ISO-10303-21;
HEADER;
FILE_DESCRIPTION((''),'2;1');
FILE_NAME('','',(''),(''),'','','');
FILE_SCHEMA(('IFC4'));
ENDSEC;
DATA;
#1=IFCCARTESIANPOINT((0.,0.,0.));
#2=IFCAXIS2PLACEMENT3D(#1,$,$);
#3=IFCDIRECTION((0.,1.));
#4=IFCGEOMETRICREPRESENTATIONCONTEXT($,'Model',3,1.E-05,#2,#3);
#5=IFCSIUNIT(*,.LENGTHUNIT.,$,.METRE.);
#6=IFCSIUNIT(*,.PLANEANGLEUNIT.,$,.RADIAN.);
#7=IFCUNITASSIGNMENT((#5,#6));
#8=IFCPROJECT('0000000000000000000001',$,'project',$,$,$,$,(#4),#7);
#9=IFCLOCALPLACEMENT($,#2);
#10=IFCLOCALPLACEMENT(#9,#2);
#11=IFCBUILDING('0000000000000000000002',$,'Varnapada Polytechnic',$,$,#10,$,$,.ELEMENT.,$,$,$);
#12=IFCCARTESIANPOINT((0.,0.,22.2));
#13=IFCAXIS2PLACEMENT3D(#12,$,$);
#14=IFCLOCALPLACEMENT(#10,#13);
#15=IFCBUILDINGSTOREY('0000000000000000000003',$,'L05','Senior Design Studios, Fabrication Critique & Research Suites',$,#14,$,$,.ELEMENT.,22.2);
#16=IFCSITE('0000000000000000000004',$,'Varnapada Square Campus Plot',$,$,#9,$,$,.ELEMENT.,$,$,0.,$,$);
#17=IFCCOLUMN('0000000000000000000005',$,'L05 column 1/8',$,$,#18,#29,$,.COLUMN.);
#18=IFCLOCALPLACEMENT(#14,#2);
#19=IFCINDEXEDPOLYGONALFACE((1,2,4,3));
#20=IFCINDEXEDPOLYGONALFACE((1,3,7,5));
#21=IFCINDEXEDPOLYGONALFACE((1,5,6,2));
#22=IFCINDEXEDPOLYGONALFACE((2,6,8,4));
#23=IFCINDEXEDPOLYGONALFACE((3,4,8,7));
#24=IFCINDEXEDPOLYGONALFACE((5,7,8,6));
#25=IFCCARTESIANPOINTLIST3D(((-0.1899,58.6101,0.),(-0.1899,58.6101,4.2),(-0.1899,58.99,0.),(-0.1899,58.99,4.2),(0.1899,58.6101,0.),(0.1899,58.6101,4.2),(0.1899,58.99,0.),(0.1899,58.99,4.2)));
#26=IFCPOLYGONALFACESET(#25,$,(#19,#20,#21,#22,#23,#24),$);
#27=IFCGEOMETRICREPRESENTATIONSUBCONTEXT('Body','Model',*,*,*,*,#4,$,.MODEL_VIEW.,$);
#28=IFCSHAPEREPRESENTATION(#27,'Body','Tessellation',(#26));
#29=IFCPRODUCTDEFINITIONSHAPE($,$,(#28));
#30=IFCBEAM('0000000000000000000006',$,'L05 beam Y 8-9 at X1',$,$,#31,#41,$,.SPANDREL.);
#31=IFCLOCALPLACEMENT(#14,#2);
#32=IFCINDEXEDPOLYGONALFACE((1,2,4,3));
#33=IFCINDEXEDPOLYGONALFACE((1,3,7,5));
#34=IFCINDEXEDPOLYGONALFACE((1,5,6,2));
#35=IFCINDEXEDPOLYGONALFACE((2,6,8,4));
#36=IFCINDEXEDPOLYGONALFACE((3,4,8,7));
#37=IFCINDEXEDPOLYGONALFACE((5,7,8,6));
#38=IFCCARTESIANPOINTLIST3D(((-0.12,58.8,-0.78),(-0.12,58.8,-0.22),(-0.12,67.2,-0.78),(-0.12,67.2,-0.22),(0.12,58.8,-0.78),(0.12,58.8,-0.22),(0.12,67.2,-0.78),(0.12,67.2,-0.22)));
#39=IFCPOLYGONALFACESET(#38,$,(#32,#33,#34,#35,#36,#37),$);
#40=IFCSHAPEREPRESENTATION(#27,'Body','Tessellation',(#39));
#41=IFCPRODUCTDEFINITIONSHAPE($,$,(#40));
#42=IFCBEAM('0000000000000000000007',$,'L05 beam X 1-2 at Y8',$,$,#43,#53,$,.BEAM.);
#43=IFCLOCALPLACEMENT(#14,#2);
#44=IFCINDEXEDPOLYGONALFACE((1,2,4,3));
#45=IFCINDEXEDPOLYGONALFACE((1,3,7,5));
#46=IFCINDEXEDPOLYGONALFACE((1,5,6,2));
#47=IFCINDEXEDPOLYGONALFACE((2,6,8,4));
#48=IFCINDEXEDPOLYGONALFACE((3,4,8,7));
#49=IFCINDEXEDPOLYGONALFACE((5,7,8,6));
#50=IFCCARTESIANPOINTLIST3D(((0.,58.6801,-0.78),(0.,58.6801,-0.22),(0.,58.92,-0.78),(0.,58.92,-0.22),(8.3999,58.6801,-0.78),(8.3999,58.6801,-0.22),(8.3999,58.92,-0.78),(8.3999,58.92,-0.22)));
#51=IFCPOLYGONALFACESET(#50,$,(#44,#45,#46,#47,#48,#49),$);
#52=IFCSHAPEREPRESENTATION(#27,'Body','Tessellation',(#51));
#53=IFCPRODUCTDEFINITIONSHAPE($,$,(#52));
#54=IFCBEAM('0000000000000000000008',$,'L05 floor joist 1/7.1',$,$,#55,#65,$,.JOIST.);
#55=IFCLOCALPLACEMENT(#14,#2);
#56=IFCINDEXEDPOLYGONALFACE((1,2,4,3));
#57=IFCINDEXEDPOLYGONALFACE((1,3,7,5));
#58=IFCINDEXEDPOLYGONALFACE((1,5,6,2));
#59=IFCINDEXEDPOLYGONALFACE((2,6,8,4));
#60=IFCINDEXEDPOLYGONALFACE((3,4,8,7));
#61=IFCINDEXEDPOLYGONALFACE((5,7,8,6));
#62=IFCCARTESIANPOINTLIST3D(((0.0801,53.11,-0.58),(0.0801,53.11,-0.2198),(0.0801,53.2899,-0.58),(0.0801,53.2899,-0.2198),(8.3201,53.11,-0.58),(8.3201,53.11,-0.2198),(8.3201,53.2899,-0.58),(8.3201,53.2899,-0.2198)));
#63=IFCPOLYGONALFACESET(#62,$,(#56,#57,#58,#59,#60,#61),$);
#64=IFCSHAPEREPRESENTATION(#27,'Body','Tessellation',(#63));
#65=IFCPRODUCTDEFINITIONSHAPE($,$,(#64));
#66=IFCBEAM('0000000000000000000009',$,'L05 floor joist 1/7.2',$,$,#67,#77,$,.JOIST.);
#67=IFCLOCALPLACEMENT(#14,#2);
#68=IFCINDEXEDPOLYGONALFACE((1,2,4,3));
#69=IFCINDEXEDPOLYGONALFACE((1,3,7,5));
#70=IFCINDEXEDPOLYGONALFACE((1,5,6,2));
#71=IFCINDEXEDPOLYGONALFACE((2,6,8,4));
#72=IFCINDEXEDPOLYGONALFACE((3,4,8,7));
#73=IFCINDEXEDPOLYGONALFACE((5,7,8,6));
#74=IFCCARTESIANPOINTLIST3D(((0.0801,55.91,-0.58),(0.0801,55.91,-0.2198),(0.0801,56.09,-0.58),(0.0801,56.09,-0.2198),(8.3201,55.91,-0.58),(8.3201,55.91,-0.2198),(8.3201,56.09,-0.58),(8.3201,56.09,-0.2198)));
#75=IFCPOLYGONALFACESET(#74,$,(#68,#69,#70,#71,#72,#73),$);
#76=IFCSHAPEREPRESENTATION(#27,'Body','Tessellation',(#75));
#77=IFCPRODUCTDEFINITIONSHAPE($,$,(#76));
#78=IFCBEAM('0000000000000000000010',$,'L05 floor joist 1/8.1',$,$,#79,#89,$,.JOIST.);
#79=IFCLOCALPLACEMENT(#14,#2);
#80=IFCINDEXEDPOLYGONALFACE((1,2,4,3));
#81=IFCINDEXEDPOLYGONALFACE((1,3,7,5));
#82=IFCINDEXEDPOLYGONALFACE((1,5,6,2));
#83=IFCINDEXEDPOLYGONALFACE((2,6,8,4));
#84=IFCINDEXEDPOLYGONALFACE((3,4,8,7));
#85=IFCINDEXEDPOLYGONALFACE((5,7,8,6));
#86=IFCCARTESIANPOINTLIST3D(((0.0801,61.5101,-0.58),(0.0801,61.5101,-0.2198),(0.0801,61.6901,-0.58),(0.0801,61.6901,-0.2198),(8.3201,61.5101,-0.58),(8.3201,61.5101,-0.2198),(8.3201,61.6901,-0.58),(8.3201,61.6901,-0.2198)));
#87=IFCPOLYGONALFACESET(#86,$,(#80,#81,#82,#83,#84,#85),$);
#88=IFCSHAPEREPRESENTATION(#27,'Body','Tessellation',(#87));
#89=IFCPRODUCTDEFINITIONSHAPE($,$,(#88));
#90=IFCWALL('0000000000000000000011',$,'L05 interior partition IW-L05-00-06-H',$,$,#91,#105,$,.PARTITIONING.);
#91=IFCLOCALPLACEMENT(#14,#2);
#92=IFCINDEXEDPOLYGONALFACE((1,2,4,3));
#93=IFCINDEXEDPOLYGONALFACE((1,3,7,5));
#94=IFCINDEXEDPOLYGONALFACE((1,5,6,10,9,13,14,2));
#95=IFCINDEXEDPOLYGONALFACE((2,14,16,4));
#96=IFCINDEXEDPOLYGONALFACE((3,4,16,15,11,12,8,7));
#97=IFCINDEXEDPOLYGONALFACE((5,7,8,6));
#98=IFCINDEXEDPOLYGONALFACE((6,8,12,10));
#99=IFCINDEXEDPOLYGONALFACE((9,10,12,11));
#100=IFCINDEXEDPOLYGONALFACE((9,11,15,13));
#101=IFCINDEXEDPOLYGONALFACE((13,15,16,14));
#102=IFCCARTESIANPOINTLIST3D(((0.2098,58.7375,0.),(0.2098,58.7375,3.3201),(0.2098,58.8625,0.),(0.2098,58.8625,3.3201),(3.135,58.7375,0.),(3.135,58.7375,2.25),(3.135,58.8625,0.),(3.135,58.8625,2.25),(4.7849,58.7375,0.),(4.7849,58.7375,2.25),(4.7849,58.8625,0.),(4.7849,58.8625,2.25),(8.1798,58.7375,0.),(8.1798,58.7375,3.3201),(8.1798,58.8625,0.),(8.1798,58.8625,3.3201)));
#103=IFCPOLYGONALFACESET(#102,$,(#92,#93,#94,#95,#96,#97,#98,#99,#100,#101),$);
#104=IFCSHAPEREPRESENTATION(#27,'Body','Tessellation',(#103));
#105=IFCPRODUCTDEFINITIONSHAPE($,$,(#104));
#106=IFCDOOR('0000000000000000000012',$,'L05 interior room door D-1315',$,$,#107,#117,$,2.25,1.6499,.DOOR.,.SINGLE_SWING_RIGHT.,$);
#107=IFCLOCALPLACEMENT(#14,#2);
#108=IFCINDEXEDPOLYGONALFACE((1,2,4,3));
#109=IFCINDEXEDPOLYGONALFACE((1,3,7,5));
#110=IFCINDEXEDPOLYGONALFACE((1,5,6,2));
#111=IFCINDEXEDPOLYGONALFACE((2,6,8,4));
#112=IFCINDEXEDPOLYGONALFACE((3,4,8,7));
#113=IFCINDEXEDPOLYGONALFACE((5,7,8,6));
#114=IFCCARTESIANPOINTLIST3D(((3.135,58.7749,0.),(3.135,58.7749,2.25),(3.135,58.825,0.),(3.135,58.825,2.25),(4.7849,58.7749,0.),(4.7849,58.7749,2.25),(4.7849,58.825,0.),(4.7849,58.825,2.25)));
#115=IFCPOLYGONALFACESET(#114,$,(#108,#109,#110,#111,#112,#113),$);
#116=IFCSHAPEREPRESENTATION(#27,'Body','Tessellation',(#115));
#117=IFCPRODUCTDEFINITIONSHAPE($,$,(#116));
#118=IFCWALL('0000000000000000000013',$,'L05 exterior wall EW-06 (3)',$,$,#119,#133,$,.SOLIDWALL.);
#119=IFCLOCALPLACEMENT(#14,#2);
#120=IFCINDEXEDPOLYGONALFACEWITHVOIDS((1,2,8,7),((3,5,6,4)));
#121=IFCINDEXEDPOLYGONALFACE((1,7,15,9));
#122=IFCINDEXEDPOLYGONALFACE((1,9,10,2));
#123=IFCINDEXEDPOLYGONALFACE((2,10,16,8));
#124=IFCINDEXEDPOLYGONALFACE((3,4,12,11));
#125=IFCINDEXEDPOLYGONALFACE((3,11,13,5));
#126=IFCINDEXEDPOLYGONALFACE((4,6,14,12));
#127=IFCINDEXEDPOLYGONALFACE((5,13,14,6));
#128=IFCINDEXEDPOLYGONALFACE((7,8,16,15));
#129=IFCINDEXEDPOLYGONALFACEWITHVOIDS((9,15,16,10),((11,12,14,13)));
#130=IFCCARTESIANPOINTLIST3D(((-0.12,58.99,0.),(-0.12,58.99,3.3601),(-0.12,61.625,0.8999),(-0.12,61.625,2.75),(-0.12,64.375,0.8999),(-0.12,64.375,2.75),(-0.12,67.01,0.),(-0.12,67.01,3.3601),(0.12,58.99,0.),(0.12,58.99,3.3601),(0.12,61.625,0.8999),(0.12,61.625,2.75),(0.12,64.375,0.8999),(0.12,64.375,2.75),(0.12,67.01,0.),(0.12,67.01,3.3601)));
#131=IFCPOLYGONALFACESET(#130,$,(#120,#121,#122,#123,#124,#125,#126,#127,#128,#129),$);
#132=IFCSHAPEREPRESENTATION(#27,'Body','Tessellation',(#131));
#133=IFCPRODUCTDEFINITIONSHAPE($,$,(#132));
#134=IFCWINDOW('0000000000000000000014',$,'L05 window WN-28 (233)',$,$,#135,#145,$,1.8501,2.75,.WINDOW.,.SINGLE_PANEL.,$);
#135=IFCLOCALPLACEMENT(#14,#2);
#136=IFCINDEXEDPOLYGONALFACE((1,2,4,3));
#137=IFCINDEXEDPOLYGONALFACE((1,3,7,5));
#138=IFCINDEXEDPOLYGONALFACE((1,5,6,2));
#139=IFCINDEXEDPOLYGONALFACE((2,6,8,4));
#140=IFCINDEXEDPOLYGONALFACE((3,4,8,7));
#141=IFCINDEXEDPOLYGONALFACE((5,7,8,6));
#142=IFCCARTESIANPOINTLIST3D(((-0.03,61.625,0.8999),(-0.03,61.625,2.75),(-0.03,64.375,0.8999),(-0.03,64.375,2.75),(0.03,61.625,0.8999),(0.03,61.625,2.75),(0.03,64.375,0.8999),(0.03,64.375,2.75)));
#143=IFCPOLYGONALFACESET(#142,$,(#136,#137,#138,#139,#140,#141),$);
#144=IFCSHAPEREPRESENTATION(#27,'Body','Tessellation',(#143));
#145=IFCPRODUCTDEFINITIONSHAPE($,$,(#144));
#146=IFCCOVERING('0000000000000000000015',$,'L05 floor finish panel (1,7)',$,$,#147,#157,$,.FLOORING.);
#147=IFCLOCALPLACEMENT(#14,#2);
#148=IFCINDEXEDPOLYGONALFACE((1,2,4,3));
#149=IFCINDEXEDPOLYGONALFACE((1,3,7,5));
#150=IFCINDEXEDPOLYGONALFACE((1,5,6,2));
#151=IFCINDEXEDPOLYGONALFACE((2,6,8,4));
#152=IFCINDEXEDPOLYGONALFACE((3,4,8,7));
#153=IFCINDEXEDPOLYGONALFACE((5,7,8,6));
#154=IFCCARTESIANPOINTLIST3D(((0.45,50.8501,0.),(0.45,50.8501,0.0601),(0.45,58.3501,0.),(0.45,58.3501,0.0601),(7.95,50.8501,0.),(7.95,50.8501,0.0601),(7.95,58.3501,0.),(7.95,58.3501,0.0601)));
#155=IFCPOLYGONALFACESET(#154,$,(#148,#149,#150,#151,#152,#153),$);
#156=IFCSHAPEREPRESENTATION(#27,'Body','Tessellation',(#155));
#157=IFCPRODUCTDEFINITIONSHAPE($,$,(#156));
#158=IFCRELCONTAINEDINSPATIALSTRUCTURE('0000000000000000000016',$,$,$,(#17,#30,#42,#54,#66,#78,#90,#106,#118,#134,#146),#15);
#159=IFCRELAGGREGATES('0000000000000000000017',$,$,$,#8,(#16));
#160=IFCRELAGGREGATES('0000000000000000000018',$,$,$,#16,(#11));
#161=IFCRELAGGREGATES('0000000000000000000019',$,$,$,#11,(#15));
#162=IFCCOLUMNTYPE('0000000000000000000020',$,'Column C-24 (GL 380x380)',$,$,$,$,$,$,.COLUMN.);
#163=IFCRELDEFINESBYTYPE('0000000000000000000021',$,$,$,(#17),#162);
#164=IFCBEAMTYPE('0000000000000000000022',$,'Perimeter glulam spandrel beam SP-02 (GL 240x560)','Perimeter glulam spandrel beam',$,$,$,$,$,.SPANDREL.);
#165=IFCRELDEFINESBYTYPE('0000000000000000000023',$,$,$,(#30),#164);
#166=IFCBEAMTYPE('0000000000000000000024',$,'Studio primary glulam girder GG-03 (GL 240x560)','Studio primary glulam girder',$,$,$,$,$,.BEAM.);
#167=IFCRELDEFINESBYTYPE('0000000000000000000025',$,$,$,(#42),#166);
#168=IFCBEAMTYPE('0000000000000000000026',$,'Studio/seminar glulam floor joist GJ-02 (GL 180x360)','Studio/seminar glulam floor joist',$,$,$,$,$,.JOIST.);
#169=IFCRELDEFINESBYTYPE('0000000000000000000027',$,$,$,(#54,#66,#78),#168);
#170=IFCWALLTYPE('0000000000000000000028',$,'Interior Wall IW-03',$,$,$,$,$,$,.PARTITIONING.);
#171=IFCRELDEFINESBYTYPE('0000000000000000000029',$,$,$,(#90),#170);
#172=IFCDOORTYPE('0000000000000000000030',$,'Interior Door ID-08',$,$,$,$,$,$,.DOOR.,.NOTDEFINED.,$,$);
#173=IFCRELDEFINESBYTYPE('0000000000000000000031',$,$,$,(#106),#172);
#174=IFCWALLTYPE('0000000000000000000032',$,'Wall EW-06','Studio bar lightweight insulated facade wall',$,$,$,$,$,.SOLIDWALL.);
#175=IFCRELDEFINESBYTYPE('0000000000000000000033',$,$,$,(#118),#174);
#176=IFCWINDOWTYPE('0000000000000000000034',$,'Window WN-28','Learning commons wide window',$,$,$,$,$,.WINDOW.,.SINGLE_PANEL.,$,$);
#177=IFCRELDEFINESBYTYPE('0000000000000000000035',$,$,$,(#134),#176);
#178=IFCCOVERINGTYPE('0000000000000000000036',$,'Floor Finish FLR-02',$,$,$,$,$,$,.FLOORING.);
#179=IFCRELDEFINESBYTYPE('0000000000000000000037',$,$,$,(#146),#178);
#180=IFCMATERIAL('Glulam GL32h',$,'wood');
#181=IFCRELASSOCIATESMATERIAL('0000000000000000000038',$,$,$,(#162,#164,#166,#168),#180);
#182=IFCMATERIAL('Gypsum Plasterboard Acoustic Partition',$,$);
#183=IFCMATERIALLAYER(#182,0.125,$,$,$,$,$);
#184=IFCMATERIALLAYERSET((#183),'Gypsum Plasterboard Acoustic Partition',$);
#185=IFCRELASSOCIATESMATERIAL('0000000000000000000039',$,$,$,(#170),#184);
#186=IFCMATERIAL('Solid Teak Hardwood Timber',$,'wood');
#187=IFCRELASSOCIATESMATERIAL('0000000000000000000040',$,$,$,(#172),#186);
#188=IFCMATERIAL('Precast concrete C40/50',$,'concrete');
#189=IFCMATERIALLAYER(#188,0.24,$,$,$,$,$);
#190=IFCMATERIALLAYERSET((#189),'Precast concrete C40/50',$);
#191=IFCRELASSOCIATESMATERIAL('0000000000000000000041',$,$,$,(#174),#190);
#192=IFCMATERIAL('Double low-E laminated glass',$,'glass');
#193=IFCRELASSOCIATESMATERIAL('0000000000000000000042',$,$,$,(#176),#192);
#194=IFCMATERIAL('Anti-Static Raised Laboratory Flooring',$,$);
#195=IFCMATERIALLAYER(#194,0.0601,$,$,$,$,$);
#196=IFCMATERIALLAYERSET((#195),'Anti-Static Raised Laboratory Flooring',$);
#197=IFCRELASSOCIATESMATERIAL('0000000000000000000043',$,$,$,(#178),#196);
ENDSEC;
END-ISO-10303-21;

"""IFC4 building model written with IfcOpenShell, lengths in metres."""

from ifc_helpers import new_model, si_unit, direction, frame, frame_2d, origin, origin_2d, place, context, subcontext, project, spatial, rectangle, extrude, material, layer, layer_set, material_profile, profile_set, type_object, element, fill, save


model = new_model("IFC4")

# Units and contexts
model_context = context("Model", 3, precision=1e-05, world=origin(), true_north=direction((0.0, 1.0)))
body_context = subcontext(model_context, "Body", "Model", "MODEL_VIEW")
ifc_project = project(units=[si_unit("LENGTHUNIT", "METRE"), si_unit("PLANEANGLEUNIT", "RADIAN")], contexts=[model_context])

# Site, building, storey
site_placement = place(None, origin())
site = spatial("IfcSite", under=ifc_project, at=site_placement, Name="Varnapada Square Campus Plot", CompositionType="ELEMENT", RefElevation=0.0)
building_placement = place(site_placement, origin())
building = spatial("IfcBuilding", under=site, at=building_placement, Name="Varnapada Polytechnic", CompositionType="ELEMENT")
storey_placement = place(building_placement, frame((0.0, 0.0, 22.2)))
storey = spatial("IfcBuildingStorey", under=building, at=storey_placement, Name="L05", Description="Senior Design Studios, Fabrication Critique & Research Suites", CompositionType="ELEMENT", Elevation=22.2)

# Column
ifc_material_1 = material(Name="Glulam GL32h", Category="wood")
ifc_material_profile_1 = material_profile(ifc_material_1, rectangle(XDim=0.3799, YDim=0.3799, at=origin_2d()), Name="GL 380x380")
ifc_profile_set_1 = profile_set([ifc_material_profile_1], Name="Glulam GL32h")
column_type = type_object("IfcColumnType", Name="Column C-24 (GL 380x380)", PredefinedType="COLUMN", material=ifc_profile_set_1)
column_placement = place(storey_placement, frame((0.0, 58.8, 0.0), z_axis=(0.0, 0.0, 1.0), x_axis=(1.0, 0.0, 0.0)))
element("IfcColumn", 1, at=column_placement, inside=storey, type_object=column_type, Name="L05 column 1/8", PredefinedType="COLUMN", context=body_context, shape_type="SweptSolid", body=[
    extrude(rectangle(XDim=0.3799, YDim=0.3799, at=origin_2d()), origin(), (0.0, 0.0, 1.0), 4.2),
])

# Beams
ifc_material_profile_2 = material_profile(ifc_material_1, rectangle(XDim=0.24, YDim=0.5601, at=origin_2d()), Name="GL 240x560")
ifc_profile_set_2 = profile_set([ifc_material_profile_2], Name="Glulam GL32h")
beam_type_1 = type_object("IfcBeamType", Name="Perimeter glulam spandrel beam SP-02 (GL 240x560)", Description="Perimeter glulam spandrel beam", PredefinedType="SPANDREL", material=ifc_profile_set_2)
beam_1_placement = place(storey_placement, frame((0.0, 58.8, -0.5), z_axis=(0.0, 1.0, 0.0), x_axis=(-1.0, 0.0, 0.0)))
element("IfcBeam", 2, at=beam_1_placement, inside=storey, type_object=beam_type_1, Name="L05 beam Y 8-9 at X1", PredefinedType="SPANDREL", context=body_context, shape_type="SweptSolid", body=[
    extrude(rectangle(XDim=0.24, YDim=0.5601, at=origin_2d()), origin(), (0.0, 0.0, 1.0), 8.3999),
])
ifc_material_profile_3 = material_profile(ifc_material_1, rectangle(XDim=0.24, YDim=0.5601, at=origin_2d()), Name="GL 240x560")
ifc_profile_set_3 = profile_set([ifc_material_profile_3], Name="Glulam GL32h")
beam_type_2 = type_object("IfcBeamType", Name="Studio primary glulam girder GG-03 (GL 240x560)", Description="Studio primary glulam girder", PredefinedType="BEAM", material=ifc_profile_set_3)
beam_2_placement = place(storey_placement, frame((0.0, 58.8, -0.5), z_axis=(1.0, 0.0, 0.0), x_axis=(0.0, 1.0, 0.0)))
element("IfcBeam", 3, at=beam_2_placement, inside=storey, type_object=beam_type_2, Name="L05 beam X 1-2 at Y8", PredefinedType="BEAM", context=body_context, shape_type="SweptSolid", body=[
    extrude(rectangle(XDim=0.24, YDim=0.5601, at=origin_2d()), origin(), (0.0, 0.0, 1.0), 8.3999),
])
ifc_material_profile_4 = material_profile(ifc_material_1, rectangle(XDim=0.1799, YDim=0.3601, at=origin_2d()), Name="GL 180x360")
ifc_profile_set_4 = profile_set([ifc_material_profile_4], Name="Glulam GL32h")
beam_type_3 = type_object("IfcBeamType", Name="Studio/seminar glulam floor joist GJ-02 (GL 180x360)", Description="Studio/seminar glulam floor joist", PredefinedType="JOIST", material=ifc_profile_set_4)
for number, where, z_axis, x_axis, name in (
    (4, (0.0801, 53.2, -0.3999), (1.0, 0.0, 0.0), (0.0, 1.0, 0.0), "L05 floor joist 1/7.1"),
    (5, (0.0801, 56.0, -0.3999), (1.0, 0.0, 0.0), (0.0, 1.0, 0.0), "L05 floor joist 1/7.2"),
    (6, (0.0801, 61.6001, -0.3999), (1.0, 0.0, 0.0), (0.0, 1.0, 0.0), "L05 floor joist 1/8.1"),
):
    element("IfcBeam", number, at=place(storey_placement, frame(where, z_axis=z_axis, x_axis=x_axis)), inside=storey, type_object=beam_type_3, Name=name, PredefinedType="JOIST", context=body_context, shape_type="SweptSolid", body=[
        extrude(rectangle(XDim=0.1799, YDim=0.3601, at=origin_2d()), origin(), (0.0, 0.0, 1.0), 8.24),
    ])

# Wall, opening, door
ifc_material_2 = material(Name="Gypsum Plasterboard Acoustic Partition")
ifc_layer_1 = layer(ifc_material_2, 0.125)
ifc_layer_set_1 = layer_set([ifc_layer_1], Name="Gypsum Plasterboard Acoustic Partition")
wall_type_1 = type_object("IfcWallType", Name="Interior Wall IW-03", PredefinedType="PARTITIONING", material=ifc_layer_set_1)
wall_1_placement = place(storey_placement, frame((0.21, 58.8, 0.0), z_axis=(0.0, 0.0, 1.0), x_axis=(1.0, 0.0, 0.0)))
wall_1 = element("IfcWall", 7, at=wall_1_placement, inside=storey, type_object=wall_type_1, Name="L05 interior partition IW-L05-00-06-H", PredefinedType="PARTITIONING", context=body_context, shape_type="SweptSolid", body=[
    extrude(rectangle(XDim=7.97, YDim=0.125, at=frame_2d((3.9849, 0.0))), origin(), (0.0, 0.0, 1.0), 3.3201),
])
opening_1_placement = place(wall_1_placement, frame((2.925, 0.0, 0.0)))
opening_1 = element("IfcOpeningElement", 8, at=opening_1_placement, cuts=wall_1, PredefinedType="OPENING", context=body_context, shape_type="SweptSolid", body=[
    extrude(rectangle(XDim=1.6499, YDim=2.25, at=frame_2d((0.825, 1.125))), frame((0.0, 0.0725, 0.0), z_axis=(0.0, -1.0, 0.0), x_axis=(1.0, 0.0, 0.0)), (0.0, 0.0, 1.0), 0.145),
])
ifc_material_3 = material(Name="Solid Teak Hardwood Timber", Category="wood")
door_type = type_object("IfcDoorType", Name="Interior Door ID-08", OperationType="NOTDEFINED", PredefinedType="DOOR", material=ifc_material_3)
door_placement = place(opening_1_placement, origin())
door = element("IfcDoor", 9, at=door_placement, inside=storey, type_object=door_type, Name="L05 interior room door D-1315", OperationType="SINGLE_SWING_RIGHT", OverallHeight=2.25, OverallWidth=1.6499, PredefinedType="DOOR", context=body_context, shape_type="SweptSolid", body=[
    extrude(rectangle(XDim=1.6499, YDim=2.25, at=frame_2d((0.825, 1.125))), frame((0.0, 0.0249, 0.0), z_axis=(0.0, -1.0, 0.0), x_axis=(1.0, 0.0, 0.0)), (0.0, 0.0, 1.0), 0.05),
])
fill(opening_1, door)

# Wall, opening, window
ifc_material_4 = material(Name="Precast concrete C40/50", Category="concrete")
ifc_layer_2 = layer(ifc_material_4, 0.24)
ifc_layer_set_2 = layer_set([ifc_layer_2], Name="Precast concrete C40/50")
wall_type_2 = type_object("IfcWallType", Name="Wall EW-06", Description="Studio bar lightweight insulated facade wall", PredefinedType="SOLIDWALL", material=ifc_layer_set_2)
wall_2_placement = place(storey_placement, frame((0.0, 58.99, 0.0), z_axis=(0.0, 0.0, 1.0), x_axis=(0.0, 1.0, 0.0)))
wall_2 = element("IfcWall", 10, at=wall_2_placement, inside=storey, type_object=wall_type_2, Name="L05 exterior wall EW-06 (3)", PredefinedType="SOLIDWALL", context=body_context, shape_type="SweptSolid", body=[
    extrude(rectangle(XDim=8.02, YDim=0.24, at=frame_2d((4.01, 0.0))), origin(), (0.0, 0.0, 1.0), 3.3601),
])
opening_2_placement = place(wall_2_placement, frame((2.635, 0.0, 0.8999)))
opening_2 = element("IfcOpeningElement", 11, at=opening_2_placement, cuts=wall_2, PredefinedType="OPENING", context=body_context, shape_type="SweptSolid", body=[
    extrude(rectangle(XDim=2.75, YDim=1.8501, at=frame_2d((1.375, 0.925))), frame((0.0, 0.1299, 0.0), z_axis=(0.0, -1.0, 0.0), x_axis=(1.0, 0.0, 0.0)), (0.0, 0.0, 1.0), 0.26),
])
ifc_material_5 = material(Name="Double low-E laminated glass", Category="glass")
window_type = type_object("IfcWindowType", Name="Window WN-28", Description="Learning commons wide window", PartitioningType="SINGLE_PANEL", PredefinedType="WINDOW", material=ifc_material_5)
window_placement = place(opening_2_placement, origin())
window = element("IfcWindow", 12, at=window_placement, inside=storey, type_object=window_type, Name="L05 window WN-28 (233)", OverallHeight=1.8501, OverallWidth=2.75, PartitioningType="SINGLE_PANEL", PredefinedType="WINDOW", context=body_context, shape_type="SweptSolid", body=[
    extrude(rectangle(XDim=2.75, YDim=1.8501, at=frame_2d((1.375, 0.925))), frame((0.0, 0.03, 0.0), z_axis=(0.0, -1.0, 0.0), x_axis=(1.0, 0.0, 0.0)), (0.0, 0.0, 1.0), 0.0601),
])
fill(opening_2, window)

# Covering
ifc_material_6 = material(Name="Anti-Static Raised Laboratory Flooring")
ifc_layer_3 = layer(ifc_material_6, 0.0601)
ifc_layer_set_3 = layer_set([ifc_layer_3], Name="Anti-Static Raised Laboratory Flooring")
covering_type_1 = type_object("IfcCoveringType", Name="Floor Finish FLR-02", PredefinedType="FLOORING", material=ifc_layer_set_3)
covering_1_placement = place(storey_placement, frame((4.2, 54.6001, 0.0), z_axis=(0.0, 0.0, 1.0), x_axis=(1.0, 0.0, 0.0)))
element("IfcCovering", 13, at=covering_1_placement, inside=storey, type_object=covering_type_1, Name="L05 floor finish panel (1,7)", PredefinedType="FLOORING", context=body_context, shape_type="SweptSolid", body=[
    extrude(rectangle(XDim=7.5, YDim=7.5, at=origin_2d()), origin(), (0.0, 0.0, 1.0), 0.0601),
])

save(model, "model.ifc")
